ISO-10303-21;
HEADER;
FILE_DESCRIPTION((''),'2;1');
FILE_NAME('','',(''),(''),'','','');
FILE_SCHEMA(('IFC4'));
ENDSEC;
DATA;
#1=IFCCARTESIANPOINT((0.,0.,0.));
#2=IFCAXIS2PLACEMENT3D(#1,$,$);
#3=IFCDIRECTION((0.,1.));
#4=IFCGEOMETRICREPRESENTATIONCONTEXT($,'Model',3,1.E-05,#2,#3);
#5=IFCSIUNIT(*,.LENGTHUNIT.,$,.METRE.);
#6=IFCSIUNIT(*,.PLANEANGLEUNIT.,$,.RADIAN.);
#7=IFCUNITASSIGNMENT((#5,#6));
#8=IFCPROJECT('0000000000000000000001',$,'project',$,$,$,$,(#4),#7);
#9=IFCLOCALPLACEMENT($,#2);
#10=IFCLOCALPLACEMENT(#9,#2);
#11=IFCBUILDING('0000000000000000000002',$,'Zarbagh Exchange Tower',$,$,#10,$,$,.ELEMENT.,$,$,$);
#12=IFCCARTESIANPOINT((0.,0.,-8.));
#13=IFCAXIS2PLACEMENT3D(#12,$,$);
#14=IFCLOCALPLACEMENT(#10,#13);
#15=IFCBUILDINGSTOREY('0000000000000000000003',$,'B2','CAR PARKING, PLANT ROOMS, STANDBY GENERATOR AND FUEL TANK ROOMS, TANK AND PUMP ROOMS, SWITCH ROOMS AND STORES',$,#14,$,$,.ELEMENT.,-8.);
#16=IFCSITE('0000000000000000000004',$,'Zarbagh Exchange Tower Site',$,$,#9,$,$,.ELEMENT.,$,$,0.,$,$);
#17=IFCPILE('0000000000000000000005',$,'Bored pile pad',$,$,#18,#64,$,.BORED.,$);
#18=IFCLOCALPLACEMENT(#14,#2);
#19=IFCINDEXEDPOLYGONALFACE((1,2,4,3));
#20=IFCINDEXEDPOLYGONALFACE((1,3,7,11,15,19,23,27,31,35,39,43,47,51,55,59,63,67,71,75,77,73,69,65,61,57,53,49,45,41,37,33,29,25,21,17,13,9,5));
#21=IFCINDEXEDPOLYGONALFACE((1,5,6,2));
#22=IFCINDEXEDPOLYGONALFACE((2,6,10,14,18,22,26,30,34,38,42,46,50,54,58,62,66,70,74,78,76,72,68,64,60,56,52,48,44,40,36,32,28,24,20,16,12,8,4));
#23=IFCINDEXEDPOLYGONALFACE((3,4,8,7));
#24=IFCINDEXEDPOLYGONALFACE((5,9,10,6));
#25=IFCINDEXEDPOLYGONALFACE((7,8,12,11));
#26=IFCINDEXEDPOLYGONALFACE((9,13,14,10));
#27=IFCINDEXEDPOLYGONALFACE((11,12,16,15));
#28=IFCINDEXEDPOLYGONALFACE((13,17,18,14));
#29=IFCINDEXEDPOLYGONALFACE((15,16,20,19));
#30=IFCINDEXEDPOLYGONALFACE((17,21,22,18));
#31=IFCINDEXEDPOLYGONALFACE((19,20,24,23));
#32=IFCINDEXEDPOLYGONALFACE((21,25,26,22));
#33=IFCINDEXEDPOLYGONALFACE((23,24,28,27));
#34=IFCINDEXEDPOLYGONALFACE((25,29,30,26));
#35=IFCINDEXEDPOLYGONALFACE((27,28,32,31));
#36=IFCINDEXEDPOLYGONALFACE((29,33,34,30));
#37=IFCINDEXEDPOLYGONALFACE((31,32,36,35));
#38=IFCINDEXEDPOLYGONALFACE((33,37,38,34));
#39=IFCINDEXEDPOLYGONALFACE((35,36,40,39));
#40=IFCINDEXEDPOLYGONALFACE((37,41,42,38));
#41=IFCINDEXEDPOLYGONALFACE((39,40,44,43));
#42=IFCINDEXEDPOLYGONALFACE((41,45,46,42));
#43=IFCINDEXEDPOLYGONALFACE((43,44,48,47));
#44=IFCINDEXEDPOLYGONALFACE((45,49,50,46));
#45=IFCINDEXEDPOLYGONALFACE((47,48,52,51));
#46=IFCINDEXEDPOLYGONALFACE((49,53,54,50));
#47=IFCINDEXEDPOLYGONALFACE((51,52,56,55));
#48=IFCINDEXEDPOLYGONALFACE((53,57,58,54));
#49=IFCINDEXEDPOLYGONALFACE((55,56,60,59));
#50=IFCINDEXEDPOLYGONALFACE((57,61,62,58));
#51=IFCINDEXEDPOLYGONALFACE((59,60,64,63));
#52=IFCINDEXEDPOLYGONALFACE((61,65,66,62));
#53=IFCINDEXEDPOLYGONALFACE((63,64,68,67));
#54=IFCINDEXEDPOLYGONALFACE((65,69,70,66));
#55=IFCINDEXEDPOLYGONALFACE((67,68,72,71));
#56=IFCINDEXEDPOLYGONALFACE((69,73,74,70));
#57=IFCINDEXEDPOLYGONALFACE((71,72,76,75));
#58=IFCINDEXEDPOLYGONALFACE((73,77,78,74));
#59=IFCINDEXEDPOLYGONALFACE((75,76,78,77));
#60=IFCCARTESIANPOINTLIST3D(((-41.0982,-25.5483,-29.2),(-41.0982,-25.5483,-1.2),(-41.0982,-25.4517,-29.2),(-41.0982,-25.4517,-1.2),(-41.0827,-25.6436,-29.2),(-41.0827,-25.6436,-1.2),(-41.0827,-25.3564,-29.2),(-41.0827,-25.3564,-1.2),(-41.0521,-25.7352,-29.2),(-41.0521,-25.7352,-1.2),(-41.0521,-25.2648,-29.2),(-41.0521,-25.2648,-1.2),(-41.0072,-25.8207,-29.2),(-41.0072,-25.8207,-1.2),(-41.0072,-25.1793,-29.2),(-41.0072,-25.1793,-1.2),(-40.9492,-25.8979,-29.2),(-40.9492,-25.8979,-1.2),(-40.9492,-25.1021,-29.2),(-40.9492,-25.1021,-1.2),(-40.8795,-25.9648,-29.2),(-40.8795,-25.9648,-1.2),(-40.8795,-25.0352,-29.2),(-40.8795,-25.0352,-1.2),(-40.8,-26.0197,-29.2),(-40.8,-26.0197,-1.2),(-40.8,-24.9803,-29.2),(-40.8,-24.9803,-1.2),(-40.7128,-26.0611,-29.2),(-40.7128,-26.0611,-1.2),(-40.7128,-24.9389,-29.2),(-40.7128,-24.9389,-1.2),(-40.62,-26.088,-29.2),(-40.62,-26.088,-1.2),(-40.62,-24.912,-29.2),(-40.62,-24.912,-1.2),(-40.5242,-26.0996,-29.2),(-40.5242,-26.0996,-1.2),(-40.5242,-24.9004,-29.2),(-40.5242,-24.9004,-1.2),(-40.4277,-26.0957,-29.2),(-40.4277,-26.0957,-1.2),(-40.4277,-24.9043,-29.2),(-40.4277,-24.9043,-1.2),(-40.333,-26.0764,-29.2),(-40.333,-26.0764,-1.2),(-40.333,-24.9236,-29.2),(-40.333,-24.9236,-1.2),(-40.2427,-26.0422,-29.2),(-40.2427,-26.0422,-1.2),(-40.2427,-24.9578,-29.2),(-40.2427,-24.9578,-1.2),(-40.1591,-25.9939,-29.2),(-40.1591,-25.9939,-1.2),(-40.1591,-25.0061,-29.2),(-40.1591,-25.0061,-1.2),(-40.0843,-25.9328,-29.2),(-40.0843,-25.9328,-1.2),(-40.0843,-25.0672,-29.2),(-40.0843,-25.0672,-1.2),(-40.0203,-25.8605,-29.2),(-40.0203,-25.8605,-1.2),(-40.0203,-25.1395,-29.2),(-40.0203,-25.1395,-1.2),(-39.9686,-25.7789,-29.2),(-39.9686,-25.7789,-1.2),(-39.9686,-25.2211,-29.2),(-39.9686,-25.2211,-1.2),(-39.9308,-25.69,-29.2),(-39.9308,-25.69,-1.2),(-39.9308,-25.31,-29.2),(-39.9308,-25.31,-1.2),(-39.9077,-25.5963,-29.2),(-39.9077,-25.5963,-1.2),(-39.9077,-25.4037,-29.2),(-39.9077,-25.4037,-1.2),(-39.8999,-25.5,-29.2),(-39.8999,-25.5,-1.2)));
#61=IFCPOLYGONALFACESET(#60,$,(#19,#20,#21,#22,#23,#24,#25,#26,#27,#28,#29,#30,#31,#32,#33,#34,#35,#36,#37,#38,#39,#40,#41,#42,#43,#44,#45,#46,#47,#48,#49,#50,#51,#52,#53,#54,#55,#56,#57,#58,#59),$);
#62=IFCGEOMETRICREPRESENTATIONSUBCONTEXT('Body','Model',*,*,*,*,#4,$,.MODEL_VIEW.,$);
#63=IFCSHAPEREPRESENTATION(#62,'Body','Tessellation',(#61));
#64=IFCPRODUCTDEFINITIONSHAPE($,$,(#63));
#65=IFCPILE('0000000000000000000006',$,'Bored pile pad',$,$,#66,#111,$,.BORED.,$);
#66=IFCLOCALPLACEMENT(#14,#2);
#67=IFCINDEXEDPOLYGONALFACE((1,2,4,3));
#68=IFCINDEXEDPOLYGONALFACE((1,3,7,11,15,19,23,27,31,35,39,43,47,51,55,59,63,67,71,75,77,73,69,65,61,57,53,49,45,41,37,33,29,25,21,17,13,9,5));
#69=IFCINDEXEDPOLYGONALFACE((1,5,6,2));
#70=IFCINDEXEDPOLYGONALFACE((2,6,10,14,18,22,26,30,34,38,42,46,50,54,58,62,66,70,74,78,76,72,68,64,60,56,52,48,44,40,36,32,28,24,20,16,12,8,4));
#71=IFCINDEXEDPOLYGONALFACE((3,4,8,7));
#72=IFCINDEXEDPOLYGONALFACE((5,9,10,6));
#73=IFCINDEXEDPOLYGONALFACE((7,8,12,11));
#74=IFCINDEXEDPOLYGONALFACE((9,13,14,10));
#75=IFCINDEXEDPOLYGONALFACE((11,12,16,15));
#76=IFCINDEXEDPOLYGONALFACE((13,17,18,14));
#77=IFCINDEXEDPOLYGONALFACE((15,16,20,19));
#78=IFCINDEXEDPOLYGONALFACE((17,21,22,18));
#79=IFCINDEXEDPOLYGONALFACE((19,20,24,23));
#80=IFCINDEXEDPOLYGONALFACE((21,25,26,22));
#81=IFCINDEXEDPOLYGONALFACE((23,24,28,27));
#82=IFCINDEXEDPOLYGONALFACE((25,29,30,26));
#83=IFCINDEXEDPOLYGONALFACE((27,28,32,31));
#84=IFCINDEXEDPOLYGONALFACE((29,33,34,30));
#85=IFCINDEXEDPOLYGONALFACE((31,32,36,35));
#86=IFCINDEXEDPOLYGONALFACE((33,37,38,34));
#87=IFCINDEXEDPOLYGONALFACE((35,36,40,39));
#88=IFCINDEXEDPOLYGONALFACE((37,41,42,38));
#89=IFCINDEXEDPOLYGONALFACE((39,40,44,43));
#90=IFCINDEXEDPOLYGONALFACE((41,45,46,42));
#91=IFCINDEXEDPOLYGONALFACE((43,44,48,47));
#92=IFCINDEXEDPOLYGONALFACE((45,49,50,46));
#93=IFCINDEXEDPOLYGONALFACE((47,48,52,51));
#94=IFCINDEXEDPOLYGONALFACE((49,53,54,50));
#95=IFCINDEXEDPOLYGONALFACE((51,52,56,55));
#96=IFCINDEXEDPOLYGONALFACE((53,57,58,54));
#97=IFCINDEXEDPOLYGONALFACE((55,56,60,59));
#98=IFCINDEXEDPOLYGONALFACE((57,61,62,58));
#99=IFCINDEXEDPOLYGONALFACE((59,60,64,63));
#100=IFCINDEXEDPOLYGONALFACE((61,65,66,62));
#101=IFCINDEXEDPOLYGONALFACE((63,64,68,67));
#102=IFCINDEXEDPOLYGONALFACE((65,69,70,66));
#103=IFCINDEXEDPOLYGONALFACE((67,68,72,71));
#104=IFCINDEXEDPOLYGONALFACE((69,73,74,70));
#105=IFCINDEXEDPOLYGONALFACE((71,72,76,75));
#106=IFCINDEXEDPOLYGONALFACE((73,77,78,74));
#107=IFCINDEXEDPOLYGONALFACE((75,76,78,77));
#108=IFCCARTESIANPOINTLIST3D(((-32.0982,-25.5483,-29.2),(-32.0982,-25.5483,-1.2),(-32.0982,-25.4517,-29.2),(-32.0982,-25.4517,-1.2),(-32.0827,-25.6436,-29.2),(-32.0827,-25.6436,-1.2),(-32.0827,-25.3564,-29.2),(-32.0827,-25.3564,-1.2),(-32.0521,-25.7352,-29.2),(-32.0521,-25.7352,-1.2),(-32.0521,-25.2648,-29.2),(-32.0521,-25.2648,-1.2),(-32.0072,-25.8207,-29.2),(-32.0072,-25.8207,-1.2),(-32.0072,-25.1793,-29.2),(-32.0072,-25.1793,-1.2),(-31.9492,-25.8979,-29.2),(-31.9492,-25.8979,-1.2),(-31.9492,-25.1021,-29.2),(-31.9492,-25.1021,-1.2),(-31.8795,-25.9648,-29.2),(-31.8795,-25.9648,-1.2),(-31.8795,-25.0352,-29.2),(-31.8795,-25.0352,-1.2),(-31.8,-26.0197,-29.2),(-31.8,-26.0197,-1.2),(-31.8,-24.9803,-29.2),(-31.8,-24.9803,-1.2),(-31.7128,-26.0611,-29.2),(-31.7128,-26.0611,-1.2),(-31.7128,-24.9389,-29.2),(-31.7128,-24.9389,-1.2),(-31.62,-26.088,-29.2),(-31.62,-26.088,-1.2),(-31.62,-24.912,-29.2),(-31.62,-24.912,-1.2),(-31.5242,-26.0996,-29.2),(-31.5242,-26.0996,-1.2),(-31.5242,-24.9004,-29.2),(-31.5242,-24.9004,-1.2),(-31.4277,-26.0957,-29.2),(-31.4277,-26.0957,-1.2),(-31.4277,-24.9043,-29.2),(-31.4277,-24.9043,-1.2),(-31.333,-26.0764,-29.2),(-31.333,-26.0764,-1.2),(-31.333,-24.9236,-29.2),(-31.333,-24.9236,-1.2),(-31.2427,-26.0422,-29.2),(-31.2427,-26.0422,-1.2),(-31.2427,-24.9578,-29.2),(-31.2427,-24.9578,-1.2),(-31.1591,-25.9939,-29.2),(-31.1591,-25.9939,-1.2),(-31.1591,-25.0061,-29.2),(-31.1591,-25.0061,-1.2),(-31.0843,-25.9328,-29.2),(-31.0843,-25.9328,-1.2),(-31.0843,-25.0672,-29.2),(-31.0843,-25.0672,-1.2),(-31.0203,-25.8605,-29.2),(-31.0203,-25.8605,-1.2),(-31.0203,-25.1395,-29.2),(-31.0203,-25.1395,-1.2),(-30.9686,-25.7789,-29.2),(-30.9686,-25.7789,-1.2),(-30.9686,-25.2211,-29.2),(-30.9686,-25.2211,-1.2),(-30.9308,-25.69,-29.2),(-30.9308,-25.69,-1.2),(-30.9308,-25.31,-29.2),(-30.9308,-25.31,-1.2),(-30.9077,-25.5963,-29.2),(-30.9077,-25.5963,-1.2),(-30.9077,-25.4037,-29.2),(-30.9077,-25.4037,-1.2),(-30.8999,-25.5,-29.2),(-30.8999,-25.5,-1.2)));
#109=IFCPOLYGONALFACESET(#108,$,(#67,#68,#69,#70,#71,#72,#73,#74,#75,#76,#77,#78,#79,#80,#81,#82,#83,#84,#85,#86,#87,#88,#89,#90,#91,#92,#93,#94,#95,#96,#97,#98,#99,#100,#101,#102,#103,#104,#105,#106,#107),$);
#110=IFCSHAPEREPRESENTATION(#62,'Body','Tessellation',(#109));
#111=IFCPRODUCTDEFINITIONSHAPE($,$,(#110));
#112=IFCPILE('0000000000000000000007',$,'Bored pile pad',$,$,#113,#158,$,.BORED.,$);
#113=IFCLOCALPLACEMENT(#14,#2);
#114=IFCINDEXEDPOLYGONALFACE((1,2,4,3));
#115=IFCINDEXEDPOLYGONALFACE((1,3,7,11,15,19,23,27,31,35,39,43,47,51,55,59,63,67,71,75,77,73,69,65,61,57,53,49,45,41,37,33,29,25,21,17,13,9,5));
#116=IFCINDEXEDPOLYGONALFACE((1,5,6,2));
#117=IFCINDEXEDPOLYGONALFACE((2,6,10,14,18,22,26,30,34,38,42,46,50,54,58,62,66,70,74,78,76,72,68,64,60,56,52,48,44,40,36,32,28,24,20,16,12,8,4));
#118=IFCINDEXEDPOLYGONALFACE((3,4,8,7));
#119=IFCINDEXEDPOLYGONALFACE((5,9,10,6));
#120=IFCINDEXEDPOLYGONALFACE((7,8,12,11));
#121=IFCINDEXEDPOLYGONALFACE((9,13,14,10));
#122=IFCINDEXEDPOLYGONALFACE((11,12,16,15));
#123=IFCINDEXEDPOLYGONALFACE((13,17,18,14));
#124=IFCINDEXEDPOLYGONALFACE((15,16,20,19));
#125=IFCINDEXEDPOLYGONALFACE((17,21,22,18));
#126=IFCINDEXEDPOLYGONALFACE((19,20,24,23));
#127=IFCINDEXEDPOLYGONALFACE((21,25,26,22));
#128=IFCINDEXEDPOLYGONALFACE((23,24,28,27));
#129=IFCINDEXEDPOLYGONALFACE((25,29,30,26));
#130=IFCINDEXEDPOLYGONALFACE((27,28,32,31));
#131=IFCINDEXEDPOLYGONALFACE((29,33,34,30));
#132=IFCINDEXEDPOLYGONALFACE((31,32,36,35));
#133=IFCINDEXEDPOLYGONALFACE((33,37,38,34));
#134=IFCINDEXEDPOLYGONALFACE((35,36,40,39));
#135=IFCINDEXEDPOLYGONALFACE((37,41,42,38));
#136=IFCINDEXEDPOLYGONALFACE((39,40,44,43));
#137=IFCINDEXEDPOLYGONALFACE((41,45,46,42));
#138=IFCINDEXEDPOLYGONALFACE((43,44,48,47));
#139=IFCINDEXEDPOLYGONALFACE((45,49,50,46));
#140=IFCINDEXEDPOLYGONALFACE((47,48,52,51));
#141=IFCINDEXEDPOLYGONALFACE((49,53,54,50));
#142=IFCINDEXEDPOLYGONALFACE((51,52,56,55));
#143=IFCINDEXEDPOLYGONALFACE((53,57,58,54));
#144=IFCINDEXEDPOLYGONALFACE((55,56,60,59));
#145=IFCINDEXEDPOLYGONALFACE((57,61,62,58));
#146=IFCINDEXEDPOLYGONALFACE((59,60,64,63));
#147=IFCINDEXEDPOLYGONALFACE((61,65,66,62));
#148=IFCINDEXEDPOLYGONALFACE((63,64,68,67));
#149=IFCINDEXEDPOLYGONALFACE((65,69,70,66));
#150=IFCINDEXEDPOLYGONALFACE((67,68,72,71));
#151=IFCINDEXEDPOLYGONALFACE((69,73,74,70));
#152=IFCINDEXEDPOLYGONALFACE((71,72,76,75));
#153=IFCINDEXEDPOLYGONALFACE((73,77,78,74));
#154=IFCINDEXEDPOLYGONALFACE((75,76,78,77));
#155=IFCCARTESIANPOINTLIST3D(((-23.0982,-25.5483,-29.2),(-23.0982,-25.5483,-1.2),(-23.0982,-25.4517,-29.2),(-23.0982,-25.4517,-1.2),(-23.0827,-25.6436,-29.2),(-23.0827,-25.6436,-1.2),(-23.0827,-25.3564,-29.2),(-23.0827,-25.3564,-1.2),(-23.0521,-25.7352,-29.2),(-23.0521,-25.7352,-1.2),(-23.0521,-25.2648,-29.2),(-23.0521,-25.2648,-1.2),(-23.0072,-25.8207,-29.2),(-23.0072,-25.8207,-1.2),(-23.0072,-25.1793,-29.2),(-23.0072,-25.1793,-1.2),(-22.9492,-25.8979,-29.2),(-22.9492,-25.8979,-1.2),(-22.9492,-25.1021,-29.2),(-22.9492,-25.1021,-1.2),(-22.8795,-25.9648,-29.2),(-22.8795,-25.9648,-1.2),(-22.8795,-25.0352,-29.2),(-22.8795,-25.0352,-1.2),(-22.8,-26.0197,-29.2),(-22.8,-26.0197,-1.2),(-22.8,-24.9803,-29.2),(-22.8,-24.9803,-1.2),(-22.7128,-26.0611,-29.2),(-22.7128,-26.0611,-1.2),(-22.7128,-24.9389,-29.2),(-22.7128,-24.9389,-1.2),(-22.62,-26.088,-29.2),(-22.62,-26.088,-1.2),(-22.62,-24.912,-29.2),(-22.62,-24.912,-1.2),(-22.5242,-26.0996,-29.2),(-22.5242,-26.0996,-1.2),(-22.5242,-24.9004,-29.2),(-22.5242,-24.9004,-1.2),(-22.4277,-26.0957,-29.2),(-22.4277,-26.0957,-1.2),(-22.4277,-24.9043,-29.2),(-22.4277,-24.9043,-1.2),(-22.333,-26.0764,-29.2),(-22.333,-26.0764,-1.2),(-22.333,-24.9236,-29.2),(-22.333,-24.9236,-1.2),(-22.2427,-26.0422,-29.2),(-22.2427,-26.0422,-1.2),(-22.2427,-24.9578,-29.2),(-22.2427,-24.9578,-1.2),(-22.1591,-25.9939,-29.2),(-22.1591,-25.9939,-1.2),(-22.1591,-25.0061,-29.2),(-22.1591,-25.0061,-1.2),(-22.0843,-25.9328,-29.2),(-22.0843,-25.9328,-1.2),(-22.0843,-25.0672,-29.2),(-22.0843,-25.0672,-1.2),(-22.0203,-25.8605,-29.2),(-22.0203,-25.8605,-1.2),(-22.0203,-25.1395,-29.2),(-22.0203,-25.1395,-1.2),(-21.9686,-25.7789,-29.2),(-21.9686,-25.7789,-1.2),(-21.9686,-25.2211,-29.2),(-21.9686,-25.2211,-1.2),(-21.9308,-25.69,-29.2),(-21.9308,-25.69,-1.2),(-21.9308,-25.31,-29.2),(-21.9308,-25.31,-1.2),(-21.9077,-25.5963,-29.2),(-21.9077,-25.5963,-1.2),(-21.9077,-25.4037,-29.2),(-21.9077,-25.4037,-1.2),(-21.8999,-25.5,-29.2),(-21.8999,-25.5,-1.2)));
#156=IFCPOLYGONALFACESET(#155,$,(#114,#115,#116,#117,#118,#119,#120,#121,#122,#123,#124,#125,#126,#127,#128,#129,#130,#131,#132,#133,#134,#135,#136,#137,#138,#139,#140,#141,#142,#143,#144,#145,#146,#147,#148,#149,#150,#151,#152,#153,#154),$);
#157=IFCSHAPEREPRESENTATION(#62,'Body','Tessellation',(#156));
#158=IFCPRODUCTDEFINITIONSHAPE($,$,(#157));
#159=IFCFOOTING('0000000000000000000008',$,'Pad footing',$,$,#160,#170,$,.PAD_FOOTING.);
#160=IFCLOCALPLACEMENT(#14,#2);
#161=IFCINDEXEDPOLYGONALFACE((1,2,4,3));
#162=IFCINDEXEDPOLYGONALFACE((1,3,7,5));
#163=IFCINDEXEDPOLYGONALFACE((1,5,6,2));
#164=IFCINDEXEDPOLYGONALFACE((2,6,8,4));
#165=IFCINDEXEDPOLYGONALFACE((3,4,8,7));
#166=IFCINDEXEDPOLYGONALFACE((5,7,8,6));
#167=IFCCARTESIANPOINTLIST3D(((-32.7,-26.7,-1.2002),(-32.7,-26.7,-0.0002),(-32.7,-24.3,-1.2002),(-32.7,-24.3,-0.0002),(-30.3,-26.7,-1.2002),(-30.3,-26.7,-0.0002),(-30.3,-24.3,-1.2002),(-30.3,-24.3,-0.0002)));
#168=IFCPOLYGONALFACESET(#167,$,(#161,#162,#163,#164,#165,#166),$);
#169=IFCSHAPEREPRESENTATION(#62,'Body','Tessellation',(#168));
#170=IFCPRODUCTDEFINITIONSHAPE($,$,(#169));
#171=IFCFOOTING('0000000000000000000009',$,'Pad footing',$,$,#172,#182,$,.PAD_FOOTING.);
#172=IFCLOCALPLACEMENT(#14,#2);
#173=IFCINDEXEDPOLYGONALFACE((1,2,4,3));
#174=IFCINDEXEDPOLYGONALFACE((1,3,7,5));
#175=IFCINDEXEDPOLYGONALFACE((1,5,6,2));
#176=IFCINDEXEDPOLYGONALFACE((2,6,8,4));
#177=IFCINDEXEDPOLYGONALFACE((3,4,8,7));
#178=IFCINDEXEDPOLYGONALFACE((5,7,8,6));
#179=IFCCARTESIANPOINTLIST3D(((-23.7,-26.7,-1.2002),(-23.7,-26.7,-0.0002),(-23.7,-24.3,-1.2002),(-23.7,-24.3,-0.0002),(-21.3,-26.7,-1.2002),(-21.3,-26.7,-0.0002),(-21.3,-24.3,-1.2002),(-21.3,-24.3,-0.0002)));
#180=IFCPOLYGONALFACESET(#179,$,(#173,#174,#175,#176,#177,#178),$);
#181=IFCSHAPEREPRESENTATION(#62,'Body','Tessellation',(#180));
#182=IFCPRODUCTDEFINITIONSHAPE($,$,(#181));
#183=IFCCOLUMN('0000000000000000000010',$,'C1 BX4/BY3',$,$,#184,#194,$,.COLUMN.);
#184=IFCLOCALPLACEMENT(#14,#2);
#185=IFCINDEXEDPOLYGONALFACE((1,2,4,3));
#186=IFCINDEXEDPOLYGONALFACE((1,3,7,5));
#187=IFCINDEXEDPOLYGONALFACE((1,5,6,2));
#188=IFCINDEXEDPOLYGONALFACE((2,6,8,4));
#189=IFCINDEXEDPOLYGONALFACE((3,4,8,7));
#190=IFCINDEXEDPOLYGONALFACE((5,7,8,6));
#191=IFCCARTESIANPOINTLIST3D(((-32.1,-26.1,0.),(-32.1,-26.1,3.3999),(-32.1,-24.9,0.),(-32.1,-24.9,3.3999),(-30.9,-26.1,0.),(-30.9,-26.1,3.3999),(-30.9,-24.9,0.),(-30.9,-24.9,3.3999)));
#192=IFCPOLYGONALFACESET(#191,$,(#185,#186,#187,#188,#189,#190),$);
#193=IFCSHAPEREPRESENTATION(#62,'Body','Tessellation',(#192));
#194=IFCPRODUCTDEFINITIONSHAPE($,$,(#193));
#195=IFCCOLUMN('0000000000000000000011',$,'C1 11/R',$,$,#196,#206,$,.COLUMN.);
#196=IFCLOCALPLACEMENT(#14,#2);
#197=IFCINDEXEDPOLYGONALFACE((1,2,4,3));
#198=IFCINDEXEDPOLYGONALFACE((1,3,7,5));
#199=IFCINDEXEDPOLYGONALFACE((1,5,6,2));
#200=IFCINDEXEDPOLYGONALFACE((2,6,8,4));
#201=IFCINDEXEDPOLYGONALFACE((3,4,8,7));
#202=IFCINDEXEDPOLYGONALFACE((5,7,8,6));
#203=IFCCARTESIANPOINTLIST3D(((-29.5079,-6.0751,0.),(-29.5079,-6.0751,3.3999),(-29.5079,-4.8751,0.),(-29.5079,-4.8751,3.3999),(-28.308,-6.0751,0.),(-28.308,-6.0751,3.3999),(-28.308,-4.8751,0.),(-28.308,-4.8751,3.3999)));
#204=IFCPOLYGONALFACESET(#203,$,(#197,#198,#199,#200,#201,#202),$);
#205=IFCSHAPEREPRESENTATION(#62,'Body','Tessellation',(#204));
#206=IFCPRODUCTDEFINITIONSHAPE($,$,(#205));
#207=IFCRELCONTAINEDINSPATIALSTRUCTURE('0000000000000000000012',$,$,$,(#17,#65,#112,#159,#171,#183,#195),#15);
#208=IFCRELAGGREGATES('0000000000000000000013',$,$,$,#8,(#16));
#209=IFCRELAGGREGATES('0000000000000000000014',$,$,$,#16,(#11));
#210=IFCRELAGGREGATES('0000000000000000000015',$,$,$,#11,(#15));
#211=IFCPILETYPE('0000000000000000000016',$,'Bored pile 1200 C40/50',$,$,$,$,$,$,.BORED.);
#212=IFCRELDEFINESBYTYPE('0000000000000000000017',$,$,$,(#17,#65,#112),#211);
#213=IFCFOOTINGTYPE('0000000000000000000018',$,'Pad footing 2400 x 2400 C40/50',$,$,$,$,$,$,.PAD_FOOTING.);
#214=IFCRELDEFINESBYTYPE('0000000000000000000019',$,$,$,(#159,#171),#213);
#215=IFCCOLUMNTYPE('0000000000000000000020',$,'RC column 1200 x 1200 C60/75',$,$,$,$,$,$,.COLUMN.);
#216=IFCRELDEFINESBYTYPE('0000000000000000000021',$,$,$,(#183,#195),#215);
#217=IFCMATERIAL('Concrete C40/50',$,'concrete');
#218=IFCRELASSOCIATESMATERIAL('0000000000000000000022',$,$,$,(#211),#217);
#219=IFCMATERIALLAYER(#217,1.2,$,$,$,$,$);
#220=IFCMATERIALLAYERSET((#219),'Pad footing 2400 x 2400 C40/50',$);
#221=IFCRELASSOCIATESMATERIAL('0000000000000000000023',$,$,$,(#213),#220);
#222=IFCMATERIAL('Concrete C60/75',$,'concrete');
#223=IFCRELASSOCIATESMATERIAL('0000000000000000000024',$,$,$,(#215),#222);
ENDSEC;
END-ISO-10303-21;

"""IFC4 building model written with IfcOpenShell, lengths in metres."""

from ifc_helpers import new_model, si_unit, direction, frame, origin, origin_2d, place, context, subcontext, project, spatial, rectangle, circle, extrude, material, layer, layer_set, material_profile, profile_set, type_object, element, save


model = new_model("IFC4")

# Units and contexts
model_context = context("Model", 3, precision=1e-05, world=origin(), true_north=direction((0.0, 1.0)))
body_context = subcontext(model_context, "Body", "Model", "MODEL_VIEW")
ifc_project = project(units=[si_unit("LENGTHUNIT", "METRE"), si_unit("PLANEANGLEUNIT", "RADIAN")], contexts=[model_context])

# Site, building, storey
site_placement = place(None, origin())
site = spatial("IfcSite", under=ifc_project, at=site_placement, Name="Zarbagh Exchange Tower Site", CompositionType="ELEMENT", RefElevation=0.0)
building_placement = place(site_placement, origin())
building = spatial("IfcBuilding", under=site, at=building_placement, Name="Zarbagh Exchange Tower", CompositionType="ELEMENT")
storey_placement = place(building_placement, frame((0.0, 0.0, -8.0)))
storey = spatial("IfcBuildingStorey", under=building, at=storey_placement, Name="B2", Description="CAR PARKING, PLANT ROOMS, STANDBY GENERATOR AND FUEL TANK ROOMS, TANK AND PUMP ROOMS, SWITCH ROOMS AND STORES", CompositionType="ELEMENT", Elevation=-8.0)

# Piles
ifc_material_1 = material(Name="Concrete C40/50", Category="concrete")
ifc_material_profile_1 = material_profile(ifc_material_1, circle(Radius=0.6001, at=origin_2d()), Name="Bored pile 1200 C40/50")
ifc_profile_set_1 = profile_set([ifc_material_profile_1], Name="Concrete C40/50")
pile_type = type_object("IfcPileType", Name="Bored pile 1200 C40/50", PredefinedType="BORED", material=ifc_profile_set_1)
for number, where, z_axis, x_axis, name in (
    (1, (-40.5, -25.5, -1.2), (0.0, 0.0, -1.0), (1.0, 0.0, 0.0), "Bored pile pad"),
    (2, (-31.5, -25.5, -1.2), (0.0, 0.0, -1.0), (1.0, 0.0, 0.0), "Bored pile pad"),
    (3, (-22.5, -25.5, -1.2), (0.0, 0.0, -1.0), (1.0, 0.0, 0.0), "Bored pile pad"),
):
    element("IfcPile", number, at=place(storey_placement, frame(where, z_axis=z_axis, x_axis=x_axis)), inside=storey, type_object=pile_type, Name=name, PredefinedType="BORED", context=body_context, shape_type="SweptSolid", body=[
        extrude(circle(Radius=0.6001, at=origin_2d()), origin(), (0.0, 0.0, 1.0), 28.0),
    ])

# Footings
ifc_layer = layer(ifc_material_1, 1.2)
ifc_layer_set = layer_set([ifc_layer], Name="Pad footing 2400 x 2400 C40/50")
footing_type = type_object("IfcFootingType", Name="Pad footing 2400 x 2400 C40/50", PredefinedType="PAD_FOOTING", material=ifc_layer_set)
for number, where, z_axis, x_axis, name in (
    (4, (-31.5, -25.5, -1.2002), (0.0, 0.0, 1.0), (1.0, 0.0, 0.0), "Pad footing"),
    (5, (-22.5, -25.5, -1.2002), (0.0, 0.0, 1.0), (1.0, 0.0, 0.0), "Pad footing"),
):
    element("IfcFooting", number, at=place(storey_placement, frame(where, z_axis=z_axis, x_axis=x_axis)), inside=storey, type_object=footing_type, Name=name, PredefinedType="PAD_FOOTING", context=body_context, shape_type="SweptSolid", body=[
        extrude(rectangle(XDim=2.3999, YDim=2.3999, at=origin_2d()), origin(), (0.0, 0.0, 1.0), 1.2),
    ])

# Columns
ifc_material_2 = material(Name="Concrete C60/75", Category="concrete")
ifc_material_profile_2 = material_profile(ifc_material_2, rectangle(XDim=1.2, YDim=1.2, at=origin_2d()), Name="RC column 1200 x 1200 C60/75")
ifc_profile_set_2 = profile_set([ifc_material_profile_2], Name="Concrete C60/75")
column_type = type_object("IfcColumnType", Name="RC column 1200 x 1200 C60/75", PredefinedType="COLUMN", material=ifc_profile_set_2)
for number, where, z_axis, x_axis, name in (
    (6, (-31.5, -25.5, 0.0), (0.0, 0.0, 1.0), (1.0, 0.0, 0.0), "C1 BX4/BY3"),
    (7, (-28.908, -5.4751, 0.0), (0.0, 0.0, 1.0), (1.0, 0.0, 0.0), "C1 11/R"),
):
    element("IfcColumn", number, at=place(storey_placement, frame(where, z_axis=z_axis, x_axis=x_axis)), inside=storey, type_object=column_type, Name=name, PredefinedType="COLUMN", context=body_context, shape_type="SweptSolid", body=[
        extrude(rectangle(XDim=1.2, YDim=1.2, at=origin_2d()), origin(), (0.0, 0.0, 1.0), 3.3999),
    ])

save(model, "model.ifc")
